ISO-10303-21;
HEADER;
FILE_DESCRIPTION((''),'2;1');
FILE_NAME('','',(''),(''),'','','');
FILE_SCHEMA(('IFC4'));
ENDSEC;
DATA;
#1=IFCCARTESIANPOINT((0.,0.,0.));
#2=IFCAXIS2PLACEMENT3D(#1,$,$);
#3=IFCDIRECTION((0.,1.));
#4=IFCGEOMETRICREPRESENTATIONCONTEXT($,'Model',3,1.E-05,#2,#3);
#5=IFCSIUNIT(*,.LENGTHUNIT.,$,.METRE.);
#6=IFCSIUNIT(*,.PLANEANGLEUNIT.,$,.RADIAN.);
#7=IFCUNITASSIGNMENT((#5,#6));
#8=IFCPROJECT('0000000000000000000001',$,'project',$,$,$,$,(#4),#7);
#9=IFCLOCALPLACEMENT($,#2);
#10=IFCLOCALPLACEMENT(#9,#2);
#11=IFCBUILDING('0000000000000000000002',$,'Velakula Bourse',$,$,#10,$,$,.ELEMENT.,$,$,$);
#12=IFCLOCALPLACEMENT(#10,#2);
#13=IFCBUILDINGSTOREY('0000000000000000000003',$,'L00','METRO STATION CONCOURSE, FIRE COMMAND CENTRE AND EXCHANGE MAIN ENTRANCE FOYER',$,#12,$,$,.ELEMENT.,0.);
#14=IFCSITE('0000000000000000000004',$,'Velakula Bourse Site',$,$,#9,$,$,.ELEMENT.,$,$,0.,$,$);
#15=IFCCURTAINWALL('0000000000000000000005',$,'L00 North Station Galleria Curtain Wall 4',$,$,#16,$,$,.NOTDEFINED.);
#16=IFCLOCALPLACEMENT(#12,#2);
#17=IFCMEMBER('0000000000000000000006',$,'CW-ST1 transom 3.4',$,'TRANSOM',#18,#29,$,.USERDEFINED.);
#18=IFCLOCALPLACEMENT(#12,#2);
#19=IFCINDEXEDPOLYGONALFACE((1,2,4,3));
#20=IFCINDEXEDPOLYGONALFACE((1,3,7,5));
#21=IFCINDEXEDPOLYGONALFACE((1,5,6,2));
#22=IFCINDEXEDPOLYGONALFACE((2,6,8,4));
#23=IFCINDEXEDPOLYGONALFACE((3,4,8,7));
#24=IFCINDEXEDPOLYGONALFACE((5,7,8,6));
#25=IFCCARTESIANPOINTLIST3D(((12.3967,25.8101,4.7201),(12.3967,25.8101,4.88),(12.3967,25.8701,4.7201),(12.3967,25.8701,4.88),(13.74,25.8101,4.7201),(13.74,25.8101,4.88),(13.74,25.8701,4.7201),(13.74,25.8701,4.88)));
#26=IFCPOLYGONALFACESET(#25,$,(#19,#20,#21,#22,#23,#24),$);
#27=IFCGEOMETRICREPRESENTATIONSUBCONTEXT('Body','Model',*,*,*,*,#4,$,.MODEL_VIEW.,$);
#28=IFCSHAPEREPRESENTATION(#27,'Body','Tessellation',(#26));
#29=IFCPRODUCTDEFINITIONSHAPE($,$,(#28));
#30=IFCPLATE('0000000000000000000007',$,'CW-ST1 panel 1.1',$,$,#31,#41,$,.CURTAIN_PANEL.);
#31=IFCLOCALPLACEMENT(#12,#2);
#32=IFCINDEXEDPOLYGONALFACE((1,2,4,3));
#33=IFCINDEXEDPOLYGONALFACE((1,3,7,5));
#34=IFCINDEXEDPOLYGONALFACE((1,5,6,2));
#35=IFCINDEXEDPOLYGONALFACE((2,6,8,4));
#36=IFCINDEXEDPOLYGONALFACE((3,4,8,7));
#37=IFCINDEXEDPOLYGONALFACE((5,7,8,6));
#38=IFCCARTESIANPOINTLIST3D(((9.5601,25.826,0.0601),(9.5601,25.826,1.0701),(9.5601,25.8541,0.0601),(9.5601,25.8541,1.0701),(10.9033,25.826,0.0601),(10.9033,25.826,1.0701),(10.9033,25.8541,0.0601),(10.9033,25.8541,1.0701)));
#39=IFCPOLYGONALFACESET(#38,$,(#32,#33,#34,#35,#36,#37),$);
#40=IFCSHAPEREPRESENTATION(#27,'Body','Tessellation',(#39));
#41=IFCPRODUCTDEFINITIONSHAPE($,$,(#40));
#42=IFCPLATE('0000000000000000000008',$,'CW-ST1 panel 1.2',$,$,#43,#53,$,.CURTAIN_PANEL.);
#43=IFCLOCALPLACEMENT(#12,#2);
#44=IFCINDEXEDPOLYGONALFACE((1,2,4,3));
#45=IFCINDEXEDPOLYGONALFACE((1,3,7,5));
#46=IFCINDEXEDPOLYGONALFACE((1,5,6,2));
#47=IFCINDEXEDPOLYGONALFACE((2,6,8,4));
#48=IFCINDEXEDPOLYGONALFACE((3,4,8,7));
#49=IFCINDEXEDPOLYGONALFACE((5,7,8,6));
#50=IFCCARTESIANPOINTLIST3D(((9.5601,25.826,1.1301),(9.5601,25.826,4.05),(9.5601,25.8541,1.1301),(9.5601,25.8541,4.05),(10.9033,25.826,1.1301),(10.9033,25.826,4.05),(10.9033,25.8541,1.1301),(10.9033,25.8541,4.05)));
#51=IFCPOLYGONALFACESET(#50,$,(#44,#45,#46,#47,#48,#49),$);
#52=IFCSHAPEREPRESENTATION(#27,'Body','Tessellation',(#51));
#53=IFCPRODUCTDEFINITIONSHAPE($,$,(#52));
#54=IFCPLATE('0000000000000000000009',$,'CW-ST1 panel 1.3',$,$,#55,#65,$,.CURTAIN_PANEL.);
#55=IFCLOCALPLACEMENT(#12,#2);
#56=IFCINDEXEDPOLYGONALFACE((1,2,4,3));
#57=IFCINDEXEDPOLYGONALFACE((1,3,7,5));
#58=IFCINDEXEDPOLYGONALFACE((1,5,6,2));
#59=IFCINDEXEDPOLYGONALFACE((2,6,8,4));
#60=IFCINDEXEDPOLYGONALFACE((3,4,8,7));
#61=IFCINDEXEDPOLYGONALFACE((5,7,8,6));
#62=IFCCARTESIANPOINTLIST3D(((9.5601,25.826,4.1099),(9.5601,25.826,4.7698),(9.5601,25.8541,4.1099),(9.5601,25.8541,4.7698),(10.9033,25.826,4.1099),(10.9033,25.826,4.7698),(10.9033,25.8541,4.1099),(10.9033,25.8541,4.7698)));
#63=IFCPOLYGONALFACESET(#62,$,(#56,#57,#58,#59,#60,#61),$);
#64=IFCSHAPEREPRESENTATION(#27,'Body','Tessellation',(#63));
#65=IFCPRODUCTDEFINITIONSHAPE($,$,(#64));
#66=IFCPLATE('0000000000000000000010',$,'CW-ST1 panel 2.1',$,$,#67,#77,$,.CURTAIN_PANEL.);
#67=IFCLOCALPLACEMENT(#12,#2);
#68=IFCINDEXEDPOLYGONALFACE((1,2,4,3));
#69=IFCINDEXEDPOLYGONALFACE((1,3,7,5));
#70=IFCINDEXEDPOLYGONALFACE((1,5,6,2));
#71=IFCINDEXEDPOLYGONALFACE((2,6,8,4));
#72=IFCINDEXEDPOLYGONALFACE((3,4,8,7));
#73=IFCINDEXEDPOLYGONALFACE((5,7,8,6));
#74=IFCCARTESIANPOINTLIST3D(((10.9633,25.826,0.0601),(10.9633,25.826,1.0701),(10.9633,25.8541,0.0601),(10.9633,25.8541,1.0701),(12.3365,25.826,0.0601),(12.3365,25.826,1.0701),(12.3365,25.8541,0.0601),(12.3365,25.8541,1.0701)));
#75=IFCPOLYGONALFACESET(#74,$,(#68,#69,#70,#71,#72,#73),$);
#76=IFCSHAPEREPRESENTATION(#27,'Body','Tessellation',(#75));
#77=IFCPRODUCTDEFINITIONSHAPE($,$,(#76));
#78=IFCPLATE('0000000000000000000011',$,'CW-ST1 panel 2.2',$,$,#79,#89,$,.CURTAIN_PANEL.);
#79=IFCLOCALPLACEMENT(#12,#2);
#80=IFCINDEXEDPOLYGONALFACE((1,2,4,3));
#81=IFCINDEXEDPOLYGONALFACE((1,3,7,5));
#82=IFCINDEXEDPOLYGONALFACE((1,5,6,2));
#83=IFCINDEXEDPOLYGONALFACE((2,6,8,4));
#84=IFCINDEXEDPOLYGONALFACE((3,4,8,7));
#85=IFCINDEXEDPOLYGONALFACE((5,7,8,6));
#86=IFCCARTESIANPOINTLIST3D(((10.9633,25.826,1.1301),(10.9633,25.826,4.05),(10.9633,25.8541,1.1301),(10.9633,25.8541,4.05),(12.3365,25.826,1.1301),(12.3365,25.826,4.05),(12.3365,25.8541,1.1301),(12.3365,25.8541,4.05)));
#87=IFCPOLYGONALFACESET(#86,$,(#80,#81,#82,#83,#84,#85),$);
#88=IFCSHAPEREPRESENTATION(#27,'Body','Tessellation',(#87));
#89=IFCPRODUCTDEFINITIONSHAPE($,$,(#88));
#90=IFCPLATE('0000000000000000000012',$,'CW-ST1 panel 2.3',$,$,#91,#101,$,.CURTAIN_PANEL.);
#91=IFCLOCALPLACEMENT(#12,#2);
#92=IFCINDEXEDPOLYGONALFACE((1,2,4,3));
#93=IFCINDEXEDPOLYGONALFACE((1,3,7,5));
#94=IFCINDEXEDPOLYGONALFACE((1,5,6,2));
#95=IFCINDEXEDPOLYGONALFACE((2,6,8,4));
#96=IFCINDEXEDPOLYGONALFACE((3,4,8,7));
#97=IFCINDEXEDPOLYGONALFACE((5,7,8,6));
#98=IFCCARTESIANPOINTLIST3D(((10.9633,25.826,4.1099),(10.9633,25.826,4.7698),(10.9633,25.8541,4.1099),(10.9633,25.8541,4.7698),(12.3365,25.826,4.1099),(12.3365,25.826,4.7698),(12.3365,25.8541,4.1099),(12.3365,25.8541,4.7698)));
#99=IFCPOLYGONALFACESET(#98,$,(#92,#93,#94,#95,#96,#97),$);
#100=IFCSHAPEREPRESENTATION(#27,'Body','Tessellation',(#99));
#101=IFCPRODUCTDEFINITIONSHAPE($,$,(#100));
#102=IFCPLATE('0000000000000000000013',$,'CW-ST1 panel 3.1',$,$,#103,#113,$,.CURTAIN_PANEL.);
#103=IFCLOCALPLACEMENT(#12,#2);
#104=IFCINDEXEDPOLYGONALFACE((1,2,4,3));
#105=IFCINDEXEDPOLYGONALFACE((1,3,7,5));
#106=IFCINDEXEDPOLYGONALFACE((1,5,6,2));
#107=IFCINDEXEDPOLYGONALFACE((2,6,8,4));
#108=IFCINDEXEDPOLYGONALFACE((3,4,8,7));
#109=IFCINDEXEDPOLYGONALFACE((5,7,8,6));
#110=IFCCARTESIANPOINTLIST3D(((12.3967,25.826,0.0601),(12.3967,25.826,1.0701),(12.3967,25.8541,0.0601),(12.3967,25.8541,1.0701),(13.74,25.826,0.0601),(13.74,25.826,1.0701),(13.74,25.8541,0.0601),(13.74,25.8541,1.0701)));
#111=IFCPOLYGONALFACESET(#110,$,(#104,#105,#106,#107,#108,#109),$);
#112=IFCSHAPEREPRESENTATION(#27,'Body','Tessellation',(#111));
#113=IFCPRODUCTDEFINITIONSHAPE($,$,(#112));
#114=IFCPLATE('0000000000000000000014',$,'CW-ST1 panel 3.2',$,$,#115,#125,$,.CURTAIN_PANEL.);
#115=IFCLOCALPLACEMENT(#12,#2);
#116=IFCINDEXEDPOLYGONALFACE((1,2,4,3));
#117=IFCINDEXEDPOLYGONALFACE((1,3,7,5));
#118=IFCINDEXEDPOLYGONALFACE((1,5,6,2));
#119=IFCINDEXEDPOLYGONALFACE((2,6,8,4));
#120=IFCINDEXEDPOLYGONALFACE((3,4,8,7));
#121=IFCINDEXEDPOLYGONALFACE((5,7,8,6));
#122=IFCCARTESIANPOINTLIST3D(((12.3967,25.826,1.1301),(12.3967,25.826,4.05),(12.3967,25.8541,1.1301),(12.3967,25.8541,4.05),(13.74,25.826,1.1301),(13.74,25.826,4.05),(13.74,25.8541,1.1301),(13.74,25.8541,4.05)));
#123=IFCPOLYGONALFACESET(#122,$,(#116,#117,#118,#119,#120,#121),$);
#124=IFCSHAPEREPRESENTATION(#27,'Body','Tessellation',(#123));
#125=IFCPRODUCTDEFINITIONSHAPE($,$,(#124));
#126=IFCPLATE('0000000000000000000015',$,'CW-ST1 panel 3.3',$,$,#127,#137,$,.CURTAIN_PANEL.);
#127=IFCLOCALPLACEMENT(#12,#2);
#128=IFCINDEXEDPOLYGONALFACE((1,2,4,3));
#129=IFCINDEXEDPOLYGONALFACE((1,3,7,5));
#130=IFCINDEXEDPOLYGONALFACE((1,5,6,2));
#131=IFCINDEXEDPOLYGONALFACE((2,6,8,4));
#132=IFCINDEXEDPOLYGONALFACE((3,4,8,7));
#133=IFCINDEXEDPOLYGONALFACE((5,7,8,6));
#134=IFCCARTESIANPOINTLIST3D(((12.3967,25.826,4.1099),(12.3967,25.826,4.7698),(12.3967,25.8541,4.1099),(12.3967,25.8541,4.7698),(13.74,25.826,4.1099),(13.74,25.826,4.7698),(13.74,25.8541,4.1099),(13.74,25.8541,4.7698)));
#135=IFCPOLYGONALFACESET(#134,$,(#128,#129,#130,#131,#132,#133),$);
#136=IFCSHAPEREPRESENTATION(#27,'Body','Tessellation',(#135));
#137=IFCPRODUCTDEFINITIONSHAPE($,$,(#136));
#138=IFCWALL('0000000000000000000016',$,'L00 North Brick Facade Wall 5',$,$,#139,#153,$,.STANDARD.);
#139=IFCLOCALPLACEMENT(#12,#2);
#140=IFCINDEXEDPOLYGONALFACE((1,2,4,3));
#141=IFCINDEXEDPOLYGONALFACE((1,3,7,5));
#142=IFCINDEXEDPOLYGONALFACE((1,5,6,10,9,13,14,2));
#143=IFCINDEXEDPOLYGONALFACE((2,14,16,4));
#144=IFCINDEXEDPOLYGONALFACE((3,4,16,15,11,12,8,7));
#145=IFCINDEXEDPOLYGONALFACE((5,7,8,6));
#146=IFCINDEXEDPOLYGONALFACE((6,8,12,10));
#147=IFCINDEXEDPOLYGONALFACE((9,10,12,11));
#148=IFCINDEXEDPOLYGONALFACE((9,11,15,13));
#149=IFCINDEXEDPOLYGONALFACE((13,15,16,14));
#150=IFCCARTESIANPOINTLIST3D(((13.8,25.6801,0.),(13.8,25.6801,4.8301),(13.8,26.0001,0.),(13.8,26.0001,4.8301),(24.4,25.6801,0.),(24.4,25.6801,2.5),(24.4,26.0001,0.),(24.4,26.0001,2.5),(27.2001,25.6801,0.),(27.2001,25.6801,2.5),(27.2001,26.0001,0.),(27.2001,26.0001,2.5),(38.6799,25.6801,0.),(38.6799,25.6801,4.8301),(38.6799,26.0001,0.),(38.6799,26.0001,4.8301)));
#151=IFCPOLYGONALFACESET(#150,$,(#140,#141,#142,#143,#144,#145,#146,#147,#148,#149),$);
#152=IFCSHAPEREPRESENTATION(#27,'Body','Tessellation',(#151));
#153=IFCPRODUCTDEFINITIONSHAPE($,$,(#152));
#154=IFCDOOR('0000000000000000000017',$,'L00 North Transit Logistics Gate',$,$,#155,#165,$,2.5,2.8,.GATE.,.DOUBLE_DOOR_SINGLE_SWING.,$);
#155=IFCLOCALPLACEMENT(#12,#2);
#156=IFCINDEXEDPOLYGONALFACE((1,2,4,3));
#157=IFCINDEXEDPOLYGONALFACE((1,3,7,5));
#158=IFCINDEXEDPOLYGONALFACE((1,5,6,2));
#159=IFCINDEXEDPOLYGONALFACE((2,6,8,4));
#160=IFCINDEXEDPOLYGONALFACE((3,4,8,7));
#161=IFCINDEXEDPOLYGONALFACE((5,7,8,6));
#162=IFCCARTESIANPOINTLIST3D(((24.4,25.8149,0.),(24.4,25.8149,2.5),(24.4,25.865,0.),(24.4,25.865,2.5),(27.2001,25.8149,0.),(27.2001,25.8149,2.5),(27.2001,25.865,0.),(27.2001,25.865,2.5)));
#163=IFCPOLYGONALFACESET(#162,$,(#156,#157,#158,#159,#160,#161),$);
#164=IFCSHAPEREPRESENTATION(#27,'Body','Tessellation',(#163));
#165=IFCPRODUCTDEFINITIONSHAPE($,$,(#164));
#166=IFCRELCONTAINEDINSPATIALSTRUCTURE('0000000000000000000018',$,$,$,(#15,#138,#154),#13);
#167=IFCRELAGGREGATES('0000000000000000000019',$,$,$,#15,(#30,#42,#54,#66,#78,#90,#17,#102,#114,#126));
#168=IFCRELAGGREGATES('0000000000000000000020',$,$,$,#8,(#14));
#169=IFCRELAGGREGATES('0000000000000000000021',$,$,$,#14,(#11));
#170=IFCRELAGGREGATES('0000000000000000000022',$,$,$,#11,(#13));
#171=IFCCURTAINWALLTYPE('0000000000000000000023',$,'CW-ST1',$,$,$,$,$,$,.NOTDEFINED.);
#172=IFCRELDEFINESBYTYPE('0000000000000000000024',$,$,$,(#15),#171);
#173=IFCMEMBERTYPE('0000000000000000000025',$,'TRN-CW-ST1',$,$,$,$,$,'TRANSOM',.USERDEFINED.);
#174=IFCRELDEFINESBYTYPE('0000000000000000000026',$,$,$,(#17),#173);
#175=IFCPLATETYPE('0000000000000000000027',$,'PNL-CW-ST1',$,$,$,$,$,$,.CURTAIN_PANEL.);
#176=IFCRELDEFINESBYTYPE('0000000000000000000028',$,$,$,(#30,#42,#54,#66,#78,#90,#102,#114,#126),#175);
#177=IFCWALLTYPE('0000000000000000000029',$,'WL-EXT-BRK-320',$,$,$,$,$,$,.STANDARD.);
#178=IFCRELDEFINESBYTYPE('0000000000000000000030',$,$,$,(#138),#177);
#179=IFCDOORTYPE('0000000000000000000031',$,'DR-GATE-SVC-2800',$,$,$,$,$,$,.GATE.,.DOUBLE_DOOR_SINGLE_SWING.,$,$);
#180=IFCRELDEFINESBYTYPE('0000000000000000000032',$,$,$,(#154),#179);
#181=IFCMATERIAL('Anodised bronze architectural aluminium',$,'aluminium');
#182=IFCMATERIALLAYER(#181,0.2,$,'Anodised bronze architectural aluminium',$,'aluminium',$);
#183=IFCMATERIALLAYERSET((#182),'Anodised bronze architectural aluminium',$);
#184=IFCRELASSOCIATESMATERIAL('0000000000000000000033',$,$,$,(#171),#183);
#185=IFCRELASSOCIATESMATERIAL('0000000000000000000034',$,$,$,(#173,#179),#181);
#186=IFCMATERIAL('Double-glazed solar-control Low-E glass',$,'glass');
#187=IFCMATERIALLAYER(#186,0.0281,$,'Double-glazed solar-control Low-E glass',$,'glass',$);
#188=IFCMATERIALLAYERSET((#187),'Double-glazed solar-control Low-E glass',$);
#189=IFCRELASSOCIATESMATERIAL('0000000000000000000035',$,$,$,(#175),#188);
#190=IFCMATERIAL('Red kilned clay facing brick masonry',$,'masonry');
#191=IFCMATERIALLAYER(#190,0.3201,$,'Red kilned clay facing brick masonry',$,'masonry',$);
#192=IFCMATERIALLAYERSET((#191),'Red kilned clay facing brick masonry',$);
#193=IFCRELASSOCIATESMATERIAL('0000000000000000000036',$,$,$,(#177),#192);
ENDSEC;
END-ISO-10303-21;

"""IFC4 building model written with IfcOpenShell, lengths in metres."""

from ifc_helpers import new_model, si_unit, direction, frame, frame_2d, origin, origin_2d, place, context, subcontext, project, spatial, rectangle, extrude, material, layer, layer_set, material_profile, profile_set, type_object, element, fill, aggregate, save


model = new_model("IFC4")

# Units and contexts
model_context = context("Model", 3, precision=1e-05, world=origin(), true_north=direction((0.0, 1.0)))
body_context = subcontext(model_context, "Body", "Model", "MODEL_VIEW")
ifc_project = project(units=[si_unit("LENGTHUNIT", "METRE"), si_unit("PLANEANGLEUNIT", "RADIAN")], contexts=[model_context])

# Site, building, storey
site_placement = place(None, origin())
site = spatial("IfcSite", under=ifc_project, at=site_placement, Name="Velakula Bourse Site", CompositionType="ELEMENT", RefElevation=0.0)
building_placement = place(site_placement, origin())
building = spatial("IfcBuilding", under=site, at=building_placement, Name="Velakula Bourse", CompositionType="ELEMENT")
storey_placement = place(building_placement, origin())
storey = spatial("IfcBuildingStorey", under=building, at=storey_placement, Name="L00", Description="METRO STATION CONCOURSE, FIRE COMMAND CENTRE AND EXCHANGE MAIN ENTRANCE FOYER", CompositionType="ELEMENT", Elevation=0.0)

# Curtain wall, member, plates
ifc_material_1 = material(Name="Anodised bronze architectural aluminium", Category="aluminium")
ifc_layer_1 = layer(ifc_material_1, 0.2, Name="Anodised bronze architectural aluminium", Category="aluminium")
ifc_layer_set_1 = layer_set([ifc_layer_1], Name="Anodised bronze architectural aluminium")
curtain_wall_type = type_object("IfcCurtainWallType", Name="CW-ST1", PredefinedType="NOTDEFINED", material=ifc_layer_set_1)
curtain_wall_placement = place(storey_placement, origin())
curtain_wall = element("IfcCurtainWall", 1, at=curtain_wall_placement, inside=storey, type_object=curtain_wall_type, Name="L00 North Station Galleria Curtain Wall 4", PredefinedType="NOTDEFINED")
ifc_material_profile_1 = material_profile(ifc_material_1, rectangle(XDim=0.0601, YDim=0.1599, at=origin_2d()), Name="Anodised bronze architectural aluminium")
ifc_profile_set_1 = profile_set([ifc_material_profile_1], Name="Anodised bronze architectural aluminium")
member_type_1 = type_object("IfcMemberType", Name="TRN-CW-ST1", ElementType="TRANSOM", PredefinedType="USERDEFINED", material=ifc_profile_set_1)
member_1_placement = place(storey_placement, frame((12.3967, 25.8401, 4.8), z_axis=(1.0, 0.0, 0.0), x_axis=(0.0, 1.0, 0.0)))
member_1 = element("IfcMember", 2, at=member_1_placement, type_object=member_type_1, Name="CW-ST1 transom 3.4", ObjectType="TRANSOM", PredefinedType="USERDEFINED", context=body_context, shape_type="SweptSolid", body=[
    extrude(rectangle(XDim=0.0601, YDim=0.1599, at=origin_2d()), origin(), (0.0, 0.0, 1.0), 1.3433),
])
ifc_material_2 = material(Name="Double-glazed solar-control Low-E glass", Category="glass")
ifc_layer_2 = layer(ifc_material_2, 0.0281, Name="Double-glazed solar-control Low-E glass", Category="glass")
ifc_layer_set_2 = layer_set([ifc_layer_2], Name="Double-glazed solar-control Low-E glass")
plate_type = type_object("IfcPlateType", Name="PNL-CW-ST1", PredefinedType="CURTAIN_PANEL", material=ifc_layer_set_2)
plate_1_placement = place(storey_placement, frame((10.2317, 25.8401, 0.0601), z_axis=(0.0, 0.0, 1.0), x_axis=(1.0, 0.0, 0.0)))
plate_1 = element("IfcPlate", 3, at=plate_1_placement, type_object=plate_type, Name="CW-ST1 panel 1.1", PredefinedType="CURTAIN_PANEL", context=body_context, shape_type="SweptSolid", body=[
    extrude(rectangle(XDim=1.3433, YDim=0.0281, at=origin_2d()), origin(), (0.0, 0.0, 1.0), 1.01),
])
plate_2_placement = place(storey_placement, frame((10.2317, 25.8401, 1.1301), z_axis=(0.0, 0.0, 1.0), x_axis=(1.0, 0.0, 0.0)))
plate_2 = element("IfcPlate", 4, at=plate_2_placement, type_object=plate_type, Name="CW-ST1 panel 1.2", PredefinedType="CURTAIN_PANEL", context=body_context, shape_type="SweptSolid", body=[
    extrude(rectangle(XDim=1.3433, YDim=0.0281, at=origin_2d()), origin(), (0.0, 0.0, 1.0), 2.9199),
])
plate_3_placement = place(storey_placement, frame((10.2317, 25.8401, 4.1099), z_axis=(0.0, 0.0, 1.0), x_axis=(1.0, 0.0, 0.0)))
plate_3 = element("IfcPlate", 5, at=plate_3_placement, type_object=plate_type, Name="CW-ST1 panel 1.3", PredefinedType="CURTAIN_PANEL", context=body_context, shape_type="SweptSolid", body=[
    extrude(rectangle(XDim=1.3433, YDim=0.0281, at=origin_2d()), origin(), (0.0, 0.0, 1.0), 0.6599),
])
plate_4_placement = place(storey_placement, frame((11.6499, 25.8401, 0.0601), z_axis=(0.0, 0.0, 1.0), x_axis=(1.0, 0.0, 0.0)))
plate_4 = element("IfcPlate", 6, at=plate_4_placement, type_object=plate_type, Name="CW-ST1 panel 2.1", PredefinedType="CURTAIN_PANEL", context=body_context, shape_type="SweptSolid", body=[
    extrude(rectangle(XDim=1.3733, YDim=0.0281, at=origin_2d()), origin(), (0.0, 0.0, 1.0), 1.01),
])
plate_5_placement = place(storey_placement, frame((11.6499, 25.8401, 1.1301), z_axis=(0.0, 0.0, 1.0), x_axis=(1.0, 0.0, 0.0)))
plate_5 = element("IfcPlate", 7, at=plate_5_placement, type_object=plate_type, Name="CW-ST1 panel 2.2", PredefinedType="CURTAIN_PANEL", context=body_context, shape_type="SweptSolid", body=[
    extrude(rectangle(XDim=1.3733, YDim=0.0281, at=origin_2d()), origin(), (0.0, 0.0, 1.0), 2.9199),
])
plate_6_placement = place(storey_placement, frame((11.6499, 25.8401, 4.1099), z_axis=(0.0, 0.0, 1.0), x_axis=(1.0, 0.0, 0.0)))
plate_6 = element("IfcPlate", 8, at=plate_6_placement, type_object=plate_type, Name="CW-ST1 panel 2.3", PredefinedType="CURTAIN_PANEL", context=body_context, shape_type="SweptSolid", body=[
    extrude(rectangle(XDim=1.3733, YDim=0.0281, at=origin_2d()), origin(), (0.0, 0.0, 1.0), 0.6599),
])
plate_7_placement = place(storey_placement, frame((13.0684, 25.8401, 0.0601), z_axis=(0.0, 0.0, 1.0), x_axis=(1.0, 0.0, 0.0)))
plate_7 = element("IfcPlate", 9, at=plate_7_placement, type_object=plate_type, Name="CW-ST1 panel 3.1", PredefinedType="CURTAIN_PANEL", context=body_context, shape_type="SweptSolid", body=[
    extrude(rectangle(XDim=1.3433, YDim=0.0281, at=origin_2d()), origin(), (0.0, 0.0, 1.0), 1.01),
])
plate_8_placement = place(storey_placement, frame((13.0684, 25.8401, 1.1301), z_axis=(0.0, 0.0, 1.0), x_axis=(1.0, 0.0, 0.0)))
plate_8 = element("IfcPlate", 10, at=plate_8_placement, type_object=plate_type, Name="CW-ST1 panel 3.2", PredefinedType="CURTAIN_PANEL", context=body_context, shape_type="SweptSolid", body=[
    extrude(rectangle(XDim=1.3433, YDim=0.0281, at=origin_2d()), origin(), (0.0, 0.0, 1.0), 2.9199),
])
plate_9_placement = place(storey_placement, frame((13.0684, 25.8401, 4.1099), z_axis=(0.0, 0.0, 1.0), x_axis=(1.0, 0.0, 0.0)))
plate_9 = element("IfcPlate", 11, at=plate_9_placement, type_object=plate_type, Name="CW-ST1 panel 3.3", PredefinedType="CURTAIN_PANEL", context=body_context, shape_type="SweptSolid", body=[
    extrude(rectangle(XDim=1.3433, YDim=0.0281, at=origin_2d()), origin(), (0.0, 0.0, 1.0), 0.6599),
])
aggregate(curtain_wall, [plate_1, plate_2, plate_3, plate_4, plate_5, plate_6, member_1, plate_7, plate_8, plate_9])

# Wall, opening, door
ifc_material_3 = material(Name="Red kilned clay facing brick masonry", Category="masonry")
ifc_layer_3 = layer(ifc_material_3, 0.3201, Name="Red kilned clay facing brick masonry", Category="masonry")
ifc_layer_set_3 = layer_set([ifc_layer_3], Name="Red kilned clay facing brick masonry")
wall_type = type_object("IfcWallType", Name="WL-EXT-BRK-320", PredefinedType="STANDARD", material=ifc_layer_set_3)
wall_placement = place(storey_placement, frame((13.8, 25.8401, 0.0), z_axis=(0.0, 0.0, 1.0), x_axis=(1.0, 0.0, 0.0)))
wall = element("IfcWall", 12, at=wall_placement, inside=storey, type_object=wall_type, Name="L00 North Brick Facade Wall 5", PredefinedType="STANDARD", context=body_context, shape_type="SweptSolid", body=[
    extrude(rectangle(XDim=24.8799, YDim=0.3201, at=frame_2d((12.4399, 0.0))), origin(), (0.0, 0.0, 1.0), 4.8301),
])
opening_placement = place(wall_placement, frame((10.6001, 0.0, 0.0)))
opening = element("IfcOpeningElement", 13, at=opening_placement, cuts=wall, PredefinedType="OPENING", context=body_context, shape_type="SweptSolid", body=[
    extrude(rectangle(XDim=2.8, YDim=2.5, at=frame_2d((1.3999, 1.25))), frame((0.0, 0.1699, 0.0), z_axis=(0.0, -1.0, 0.0), x_axis=(1.0, 0.0, 0.0)), (0.0, 0.0, 1.0), 0.3401),
])
door_type = type_object("IfcDoorType", Name="DR-GATE-SVC-2800", OperationType="DOUBLE_DOOR_SINGLE_SWING", PredefinedType="GATE", material=ifc_material_1)
door_placement = place(opening_placement, origin())
door = element("IfcDoor", 14, at=door_placement, inside=storey, type_object=door_type, Name="L00 North Transit Logistics Gate", OperationType="DOUBLE_DOOR_SINGLE_SWING", OverallHeight=2.5, OverallWidth=2.8, PredefinedType="GATE", context=body_context, shape_type="SweptSolid", body=[
    extrude(rectangle(XDim=2.8, YDim=2.5, at=frame_2d((1.3999, 1.25))), frame((0.0, 0.0249, 0.0), z_axis=(0.0, -1.0, 0.0), x_axis=(1.0, 0.0, 0.0)), (0.0, 0.0, 1.0), 0.05),
])
fill(opening, door)

save(model, "model.ifc")
